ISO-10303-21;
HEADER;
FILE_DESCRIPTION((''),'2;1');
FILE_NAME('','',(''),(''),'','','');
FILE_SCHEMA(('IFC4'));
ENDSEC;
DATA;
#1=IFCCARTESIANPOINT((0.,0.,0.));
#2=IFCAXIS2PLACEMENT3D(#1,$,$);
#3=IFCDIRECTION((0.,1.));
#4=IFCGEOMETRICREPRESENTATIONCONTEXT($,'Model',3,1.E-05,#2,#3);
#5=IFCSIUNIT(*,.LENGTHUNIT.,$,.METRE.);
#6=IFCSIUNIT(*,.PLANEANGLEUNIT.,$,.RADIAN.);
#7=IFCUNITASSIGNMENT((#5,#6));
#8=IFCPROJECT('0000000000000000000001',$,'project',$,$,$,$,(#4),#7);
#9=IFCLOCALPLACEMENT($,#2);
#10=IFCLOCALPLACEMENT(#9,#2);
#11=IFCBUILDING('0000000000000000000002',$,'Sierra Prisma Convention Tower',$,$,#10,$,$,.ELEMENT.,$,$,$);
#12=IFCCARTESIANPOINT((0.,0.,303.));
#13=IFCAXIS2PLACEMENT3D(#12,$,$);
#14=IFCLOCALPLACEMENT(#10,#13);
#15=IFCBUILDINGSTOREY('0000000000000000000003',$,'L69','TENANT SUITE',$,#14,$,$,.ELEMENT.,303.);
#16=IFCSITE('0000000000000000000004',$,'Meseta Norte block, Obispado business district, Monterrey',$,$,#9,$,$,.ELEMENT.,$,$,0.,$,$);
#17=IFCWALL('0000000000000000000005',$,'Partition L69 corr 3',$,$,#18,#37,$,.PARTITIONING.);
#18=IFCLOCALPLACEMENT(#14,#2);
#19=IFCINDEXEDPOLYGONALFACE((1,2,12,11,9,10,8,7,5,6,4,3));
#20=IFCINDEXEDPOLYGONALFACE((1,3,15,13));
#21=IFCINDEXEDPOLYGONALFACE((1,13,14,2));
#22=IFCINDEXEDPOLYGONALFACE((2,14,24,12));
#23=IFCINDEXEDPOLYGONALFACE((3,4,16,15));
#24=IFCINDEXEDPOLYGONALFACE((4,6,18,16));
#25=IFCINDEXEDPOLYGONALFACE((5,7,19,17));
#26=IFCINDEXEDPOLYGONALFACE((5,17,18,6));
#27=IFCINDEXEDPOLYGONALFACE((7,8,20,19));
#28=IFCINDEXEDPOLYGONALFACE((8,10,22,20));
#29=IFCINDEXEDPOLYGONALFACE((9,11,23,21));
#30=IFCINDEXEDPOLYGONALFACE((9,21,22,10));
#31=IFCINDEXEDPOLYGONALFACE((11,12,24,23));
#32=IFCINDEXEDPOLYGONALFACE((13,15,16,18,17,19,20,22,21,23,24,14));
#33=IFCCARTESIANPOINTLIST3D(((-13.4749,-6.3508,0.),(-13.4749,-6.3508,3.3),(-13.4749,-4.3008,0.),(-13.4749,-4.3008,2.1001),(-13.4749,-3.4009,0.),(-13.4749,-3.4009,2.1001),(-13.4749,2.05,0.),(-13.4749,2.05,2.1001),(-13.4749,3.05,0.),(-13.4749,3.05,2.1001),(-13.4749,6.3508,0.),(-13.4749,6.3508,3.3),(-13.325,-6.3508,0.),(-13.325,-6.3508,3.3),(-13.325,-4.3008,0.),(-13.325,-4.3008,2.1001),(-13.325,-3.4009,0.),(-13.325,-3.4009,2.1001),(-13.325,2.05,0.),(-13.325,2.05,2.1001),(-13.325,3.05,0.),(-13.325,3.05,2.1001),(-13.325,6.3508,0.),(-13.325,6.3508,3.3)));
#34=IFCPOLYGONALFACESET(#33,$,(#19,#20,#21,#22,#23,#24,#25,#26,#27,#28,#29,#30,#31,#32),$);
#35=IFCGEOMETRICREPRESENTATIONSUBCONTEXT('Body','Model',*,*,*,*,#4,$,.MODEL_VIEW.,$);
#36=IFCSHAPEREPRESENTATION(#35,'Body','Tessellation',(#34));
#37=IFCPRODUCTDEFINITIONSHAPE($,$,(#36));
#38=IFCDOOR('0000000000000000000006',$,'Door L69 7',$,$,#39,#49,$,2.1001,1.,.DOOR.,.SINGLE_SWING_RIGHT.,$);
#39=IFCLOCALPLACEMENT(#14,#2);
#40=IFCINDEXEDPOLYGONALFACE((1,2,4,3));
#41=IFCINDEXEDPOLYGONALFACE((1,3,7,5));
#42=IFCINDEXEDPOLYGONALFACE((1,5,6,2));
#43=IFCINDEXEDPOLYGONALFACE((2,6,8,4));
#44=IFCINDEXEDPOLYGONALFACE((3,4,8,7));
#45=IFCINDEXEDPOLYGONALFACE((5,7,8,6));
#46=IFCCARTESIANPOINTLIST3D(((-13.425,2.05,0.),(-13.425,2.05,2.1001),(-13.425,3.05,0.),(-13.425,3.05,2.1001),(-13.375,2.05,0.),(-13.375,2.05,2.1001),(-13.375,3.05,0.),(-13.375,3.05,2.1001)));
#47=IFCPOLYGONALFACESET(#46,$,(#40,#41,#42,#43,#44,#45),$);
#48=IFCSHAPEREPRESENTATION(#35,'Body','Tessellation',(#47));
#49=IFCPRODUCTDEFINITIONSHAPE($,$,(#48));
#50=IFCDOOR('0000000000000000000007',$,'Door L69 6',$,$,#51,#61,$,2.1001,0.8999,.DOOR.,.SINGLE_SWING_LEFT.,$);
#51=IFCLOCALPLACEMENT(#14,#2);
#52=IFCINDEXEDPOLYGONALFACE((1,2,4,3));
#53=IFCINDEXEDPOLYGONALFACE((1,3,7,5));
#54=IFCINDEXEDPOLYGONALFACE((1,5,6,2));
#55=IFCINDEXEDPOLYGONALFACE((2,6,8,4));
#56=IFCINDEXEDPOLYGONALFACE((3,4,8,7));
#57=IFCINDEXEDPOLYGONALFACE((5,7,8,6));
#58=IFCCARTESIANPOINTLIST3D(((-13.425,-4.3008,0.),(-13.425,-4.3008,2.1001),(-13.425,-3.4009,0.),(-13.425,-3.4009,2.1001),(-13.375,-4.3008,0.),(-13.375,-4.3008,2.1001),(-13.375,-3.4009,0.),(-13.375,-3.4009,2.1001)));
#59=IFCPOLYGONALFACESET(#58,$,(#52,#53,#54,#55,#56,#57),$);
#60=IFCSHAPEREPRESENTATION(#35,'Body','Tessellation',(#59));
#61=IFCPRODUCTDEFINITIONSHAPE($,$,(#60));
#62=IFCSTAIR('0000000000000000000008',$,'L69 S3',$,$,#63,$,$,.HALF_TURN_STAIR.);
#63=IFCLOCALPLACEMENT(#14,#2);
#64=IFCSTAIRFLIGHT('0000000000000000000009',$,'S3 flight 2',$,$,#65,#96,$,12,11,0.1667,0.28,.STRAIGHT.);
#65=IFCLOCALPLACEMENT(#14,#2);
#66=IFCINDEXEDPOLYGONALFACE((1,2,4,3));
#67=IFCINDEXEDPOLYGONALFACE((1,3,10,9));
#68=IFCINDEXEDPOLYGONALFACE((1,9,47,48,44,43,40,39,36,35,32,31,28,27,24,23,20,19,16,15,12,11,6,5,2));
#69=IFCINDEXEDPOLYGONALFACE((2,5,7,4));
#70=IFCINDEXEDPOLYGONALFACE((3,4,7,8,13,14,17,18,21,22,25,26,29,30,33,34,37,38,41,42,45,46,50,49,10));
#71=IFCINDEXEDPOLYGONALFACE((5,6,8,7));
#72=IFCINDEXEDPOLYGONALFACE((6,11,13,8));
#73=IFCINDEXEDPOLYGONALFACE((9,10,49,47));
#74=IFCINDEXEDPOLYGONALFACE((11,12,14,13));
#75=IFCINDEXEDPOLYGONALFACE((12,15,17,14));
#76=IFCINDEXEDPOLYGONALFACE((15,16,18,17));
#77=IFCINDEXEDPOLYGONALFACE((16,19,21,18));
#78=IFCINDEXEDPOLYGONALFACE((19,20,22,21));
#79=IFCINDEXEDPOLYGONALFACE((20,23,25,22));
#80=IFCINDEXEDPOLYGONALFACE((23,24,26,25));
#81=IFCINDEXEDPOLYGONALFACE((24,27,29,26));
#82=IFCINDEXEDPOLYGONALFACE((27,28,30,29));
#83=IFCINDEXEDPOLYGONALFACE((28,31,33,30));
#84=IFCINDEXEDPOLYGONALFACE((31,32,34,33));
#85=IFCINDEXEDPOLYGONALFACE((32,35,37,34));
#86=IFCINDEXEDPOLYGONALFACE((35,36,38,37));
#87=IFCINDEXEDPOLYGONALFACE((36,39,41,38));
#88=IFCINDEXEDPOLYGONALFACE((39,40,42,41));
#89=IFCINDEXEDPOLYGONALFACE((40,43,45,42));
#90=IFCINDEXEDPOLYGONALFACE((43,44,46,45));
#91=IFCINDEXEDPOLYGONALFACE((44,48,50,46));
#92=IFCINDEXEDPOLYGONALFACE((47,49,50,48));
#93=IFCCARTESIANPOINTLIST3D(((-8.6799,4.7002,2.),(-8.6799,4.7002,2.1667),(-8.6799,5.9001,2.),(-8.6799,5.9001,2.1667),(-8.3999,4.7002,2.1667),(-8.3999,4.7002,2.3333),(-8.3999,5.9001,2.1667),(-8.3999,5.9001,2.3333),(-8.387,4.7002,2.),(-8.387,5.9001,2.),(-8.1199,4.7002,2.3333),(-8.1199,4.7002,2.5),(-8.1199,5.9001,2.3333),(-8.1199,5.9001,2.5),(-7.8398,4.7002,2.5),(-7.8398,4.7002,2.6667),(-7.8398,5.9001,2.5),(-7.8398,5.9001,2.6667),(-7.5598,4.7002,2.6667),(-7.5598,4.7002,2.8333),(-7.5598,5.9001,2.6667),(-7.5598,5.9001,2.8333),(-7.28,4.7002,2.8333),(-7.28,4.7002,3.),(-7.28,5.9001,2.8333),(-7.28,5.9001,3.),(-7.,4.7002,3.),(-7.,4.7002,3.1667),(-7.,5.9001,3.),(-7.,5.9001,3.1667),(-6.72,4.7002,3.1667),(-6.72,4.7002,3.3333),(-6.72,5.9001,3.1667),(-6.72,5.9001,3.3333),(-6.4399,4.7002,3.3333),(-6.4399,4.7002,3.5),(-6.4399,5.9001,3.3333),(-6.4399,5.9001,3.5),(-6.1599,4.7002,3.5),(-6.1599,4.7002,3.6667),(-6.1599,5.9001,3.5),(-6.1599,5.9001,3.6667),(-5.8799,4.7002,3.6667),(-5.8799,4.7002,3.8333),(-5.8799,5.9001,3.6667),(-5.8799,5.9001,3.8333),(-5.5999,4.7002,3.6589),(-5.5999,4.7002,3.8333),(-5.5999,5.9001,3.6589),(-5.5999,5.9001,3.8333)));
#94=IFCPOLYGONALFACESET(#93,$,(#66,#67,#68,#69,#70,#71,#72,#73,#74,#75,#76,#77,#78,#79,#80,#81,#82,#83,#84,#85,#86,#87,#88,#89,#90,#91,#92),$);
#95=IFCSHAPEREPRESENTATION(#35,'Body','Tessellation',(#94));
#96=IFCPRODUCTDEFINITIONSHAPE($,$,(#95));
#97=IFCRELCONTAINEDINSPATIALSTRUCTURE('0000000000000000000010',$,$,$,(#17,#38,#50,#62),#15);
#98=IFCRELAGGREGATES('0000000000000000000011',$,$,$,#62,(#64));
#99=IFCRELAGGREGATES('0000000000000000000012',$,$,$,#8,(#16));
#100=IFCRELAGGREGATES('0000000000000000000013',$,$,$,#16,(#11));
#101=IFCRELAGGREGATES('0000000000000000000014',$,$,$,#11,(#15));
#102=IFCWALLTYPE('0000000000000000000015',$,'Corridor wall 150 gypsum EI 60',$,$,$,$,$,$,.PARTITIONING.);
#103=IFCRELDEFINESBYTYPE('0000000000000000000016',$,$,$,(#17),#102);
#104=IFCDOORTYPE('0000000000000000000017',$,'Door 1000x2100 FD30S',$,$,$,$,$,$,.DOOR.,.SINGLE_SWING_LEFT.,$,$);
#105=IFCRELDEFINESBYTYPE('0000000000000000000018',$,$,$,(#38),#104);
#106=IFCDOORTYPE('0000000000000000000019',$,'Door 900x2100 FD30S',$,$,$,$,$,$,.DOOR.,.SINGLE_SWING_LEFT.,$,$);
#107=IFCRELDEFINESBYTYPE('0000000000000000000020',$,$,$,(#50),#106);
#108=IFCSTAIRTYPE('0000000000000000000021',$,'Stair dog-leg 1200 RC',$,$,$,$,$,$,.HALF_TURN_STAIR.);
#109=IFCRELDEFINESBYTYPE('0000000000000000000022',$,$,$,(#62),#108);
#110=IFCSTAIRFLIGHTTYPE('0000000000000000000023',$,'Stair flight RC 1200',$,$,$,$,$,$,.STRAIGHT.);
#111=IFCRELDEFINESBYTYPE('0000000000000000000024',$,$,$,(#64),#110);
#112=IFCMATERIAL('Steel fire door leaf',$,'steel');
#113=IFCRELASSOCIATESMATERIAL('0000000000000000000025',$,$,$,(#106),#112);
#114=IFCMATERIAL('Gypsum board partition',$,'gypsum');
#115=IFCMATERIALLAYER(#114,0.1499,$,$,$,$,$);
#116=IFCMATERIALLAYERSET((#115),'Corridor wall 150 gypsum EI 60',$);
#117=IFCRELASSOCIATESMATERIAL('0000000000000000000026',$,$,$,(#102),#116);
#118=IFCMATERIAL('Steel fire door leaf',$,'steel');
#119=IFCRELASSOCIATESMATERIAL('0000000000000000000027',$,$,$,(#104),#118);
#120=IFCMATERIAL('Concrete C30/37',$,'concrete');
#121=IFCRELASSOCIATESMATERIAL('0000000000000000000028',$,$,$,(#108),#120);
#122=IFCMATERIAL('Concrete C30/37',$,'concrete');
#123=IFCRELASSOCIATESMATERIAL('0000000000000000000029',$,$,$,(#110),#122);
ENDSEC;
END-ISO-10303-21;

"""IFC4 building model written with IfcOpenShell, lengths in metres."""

from ifc_helpers import new_model, si_unit, direction, frame, frame_2d, origin, place, context, subcontext, project, spatial, polyline, rectangle, outline, extrude, material, layer, layer_set, type_object, element, fill, aggregate, save


model = new_model("IFC4")

# Units and contexts
model_context = context("Model", 3, precision=1e-05, world=origin(), true_north=direction((0.0, 1.0)))
body_context = subcontext(model_context, "Body", "Model", "MODEL_VIEW")
ifc_project = project(units=[si_unit("LENGTHUNIT", "METRE"), si_unit("PLANEANGLEUNIT", "RADIAN")], contexts=[model_context])

# Site, building, storey
site_placement = place(None, origin())
site = spatial("IfcSite", under=ifc_project, at=site_placement, Name="Meseta Norte block, Obispado business district, Monterrey", CompositionType="ELEMENT", RefElevation=0.0)
building_placement = place(site_placement, origin())
building = spatial("IfcBuilding", under=site, at=building_placement, Name="Sierra Prisma Convention Tower", CompositionType="ELEMENT")
storey_placement = place(building_placement, frame((0.0, 0.0, 303.0)))
storey = spatial("IfcBuildingStorey", under=building, at=storey_placement, Name="L69", Description="TENANT SUITE", CompositionType="ELEMENT", Elevation=303.0)

# Shared definitions
ifc_material_1 = material(Name="Steel fire door leaf", Category="steel")
door_type_1 = type_object("IfcDoorType", Name="Door 900x2100 FD30S", OperationType="SINGLE_SWING_LEFT", PredefinedType="DOOR", material=ifc_material_1)

# Wall, openings, doors
ifc_material_2 = material(Name="Gypsum board partition", Category="gypsum")
ifc_layer_1 = layer(ifc_material_2, 0.1499)
ifc_layer_set_1 = layer_set([ifc_layer_1], Name="Corridor wall 150 gypsum EI 60")
wall_type_1 = type_object("IfcWallType", Name="Corridor wall 150 gypsum EI 60", PredefinedType="PARTITIONING", material=ifc_layer_set_1)
wall_1_placement = place(storey_placement, frame((-13.3999, 6.3508, 0.0), z_axis=(0.0, 0.0, 1.0), x_axis=(0.0, -1.0, 0.0)))
wall_1 = element("IfcWall", 1, at=wall_1_placement, inside=storey, type_object=wall_type_1, Name="Partition L69 corr 3", PredefinedType="PARTITIONING", context=body_context, shape_type="SweptSolid", body=[
    extrude(rectangle(XDim=12.7017, YDim=0.1499, at=frame_2d((6.3508, 0.0))), origin(), (0.0, 0.0, 1.0), 3.3),
])
opening_1_placement = place(wall_1_placement, frame((9.7517, 0.0, 0.0)))
opening_1 = element("IfcOpeningElement", 2, at=opening_1_placement, cuts=wall_1, PredefinedType="OPENING", context=body_context, shape_type="SweptSolid", body=[
    extrude(rectangle(XDim=0.8999, YDim=2.1001, at=frame_2d((0.45, 1.05))), frame((0.0, 0.075, 0.0), z_axis=(0.0, -1.0, 0.0), x_axis=(1.0, 0.0, 0.0)), (0.0, 0.0, 1.0), 0.1499),
])
opening_2_placement = place(wall_1_placement, frame((3.3008, 0.0, 0.0)))
opening_2 = element("IfcOpeningElement", 3, at=opening_2_placement, cuts=wall_1, PredefinedType="OPENING", context=body_context, shape_type="SweptSolid", body=[
    extrude(rectangle(XDim=1.0, YDim=2.1001, at=frame_2d((0.5, 1.05))), frame((0.0, 0.075, 0.0), z_axis=(0.0, -1.0, 0.0), x_axis=(1.0, 0.0, 0.0)), (0.0, 0.0, 1.0), 0.1499),
])
ifc_material_3 = material(Name="Steel fire door leaf", Category="steel")
door_type_2 = type_object("IfcDoorType", Name="Door 1000x2100 FD30S", OperationType="SINGLE_SWING_LEFT", PredefinedType="DOOR", material=ifc_material_3)
door_1_placement = place(opening_2_placement, origin())
door_1 = element("IfcDoor", 4, at=door_1_placement, inside=storey, type_object=door_type_2, Name="Door L69 7", OperationType="SINGLE_SWING_RIGHT", OverallHeight=2.1001, OverallWidth=1.0, PredefinedType="DOOR", context=body_context, shape_type="SweptSolid", body=[
    extrude(rectangle(XDim=1.0, YDim=2.1001, at=frame_2d((0.5, 1.05))), frame((0.0, 0.0249, 0.0), z_axis=(0.0, -1.0, 0.0), x_axis=(1.0, 0.0, 0.0)), (0.0, 0.0, 1.0), 0.05),
])
fill(opening_2, door_1)
door_2_placement = place(opening_1_placement, origin())
door_2 = element("IfcDoor", 5, at=door_2_placement, inside=storey, type_object=door_type_1, Name="Door L69 6", OperationType="SINGLE_SWING_LEFT", OverallHeight=2.1001, OverallWidth=0.8999, PredefinedType="DOOR", context=body_context, shape_type="SweptSolid", body=[
    extrude(rectangle(XDim=0.8999, YDim=2.1001, at=frame_2d((0.45, 1.05))), frame((0.0, 0.0249, 0.0), z_axis=(0.0, -1.0, 0.0), x_axis=(1.0, 0.0, 0.0)), (0.0, 0.0, 1.0), 0.05),
])
fill(opening_1, door_2)

# Stair, stair flight
ifc_material_4 = material(Name="Concrete C30/37", Category="concrete")
stair_type = type_object("IfcStairType", Name="Stair dog-leg 1200 RC", PredefinedType="HALF_TURN_STAIR", material=ifc_material_4)
stair_placement = place(storey_placement, origin())
stair = element("IfcStair", 6, at=stair_placement, inside=storey, type_object=stair_type, Name="L69 S3", PredefinedType="HALF_TURN_STAIR")
ifc_material_5 = material(Name="Concrete C30/37", Category="concrete")
stair_flight_type = type_object("IfcStairFlightType", Name="Stair flight RC 1200", PredefinedType="STRAIGHT", material=ifc_material_5)
stair_flight_placement = place(storey_placement, frame((-8.6799, 5.3, 2.0), z_axis=(0.0, 0.0, 1.0), x_axis=(1.0, 0.0, 0.0)))
stair_flight = element("IfcStairFlight", 7, at=stair_flight_placement, type_object=stair_flight_type, Name="S3 flight 2", NumberOfRisers=12, NumberOfTreads=11, PredefinedType="STRAIGHT", RiserHeight=0.1667, TreadLength=0.28, context=body_context, shape_type="SweptSolid", body=[
    extrude(outline(polyline([(0.0, 0.0), (0.0, 0.1667), (0.28, 0.1667), (0.28, 0.3333), (0.5601, 0.3333), (0.5601, 0.5), (0.8401, 0.5), (0.8401, 0.6667), (1.1201, 0.6667), (1.1201, 0.8333), (1.3999, 0.8333), (1.3999, 1.0), (1.6799, 1.0), (1.6799, 1.1667), (1.96, 1.1667), (1.96, 1.3333), (2.24, 1.3333), (2.24, 1.5), (2.52, 1.5), (2.52, 1.6667), (2.8, 1.6667), (2.8, 1.8333), (3.0801, 1.8333), (3.0801, 2.0), (3.0801, 1.6589), (0.293, 0.0), (0.0, 0.0)])), frame((0.0, 0.6001, 0.0), z_axis=(0.0, -1.0, 0.0), x_axis=(1.0, 0.0, 0.0)), (0.0, 0.0, 1.0), 1.2),
])
aggregate(stair, [stair_flight])

save(model, "model.ifc")
